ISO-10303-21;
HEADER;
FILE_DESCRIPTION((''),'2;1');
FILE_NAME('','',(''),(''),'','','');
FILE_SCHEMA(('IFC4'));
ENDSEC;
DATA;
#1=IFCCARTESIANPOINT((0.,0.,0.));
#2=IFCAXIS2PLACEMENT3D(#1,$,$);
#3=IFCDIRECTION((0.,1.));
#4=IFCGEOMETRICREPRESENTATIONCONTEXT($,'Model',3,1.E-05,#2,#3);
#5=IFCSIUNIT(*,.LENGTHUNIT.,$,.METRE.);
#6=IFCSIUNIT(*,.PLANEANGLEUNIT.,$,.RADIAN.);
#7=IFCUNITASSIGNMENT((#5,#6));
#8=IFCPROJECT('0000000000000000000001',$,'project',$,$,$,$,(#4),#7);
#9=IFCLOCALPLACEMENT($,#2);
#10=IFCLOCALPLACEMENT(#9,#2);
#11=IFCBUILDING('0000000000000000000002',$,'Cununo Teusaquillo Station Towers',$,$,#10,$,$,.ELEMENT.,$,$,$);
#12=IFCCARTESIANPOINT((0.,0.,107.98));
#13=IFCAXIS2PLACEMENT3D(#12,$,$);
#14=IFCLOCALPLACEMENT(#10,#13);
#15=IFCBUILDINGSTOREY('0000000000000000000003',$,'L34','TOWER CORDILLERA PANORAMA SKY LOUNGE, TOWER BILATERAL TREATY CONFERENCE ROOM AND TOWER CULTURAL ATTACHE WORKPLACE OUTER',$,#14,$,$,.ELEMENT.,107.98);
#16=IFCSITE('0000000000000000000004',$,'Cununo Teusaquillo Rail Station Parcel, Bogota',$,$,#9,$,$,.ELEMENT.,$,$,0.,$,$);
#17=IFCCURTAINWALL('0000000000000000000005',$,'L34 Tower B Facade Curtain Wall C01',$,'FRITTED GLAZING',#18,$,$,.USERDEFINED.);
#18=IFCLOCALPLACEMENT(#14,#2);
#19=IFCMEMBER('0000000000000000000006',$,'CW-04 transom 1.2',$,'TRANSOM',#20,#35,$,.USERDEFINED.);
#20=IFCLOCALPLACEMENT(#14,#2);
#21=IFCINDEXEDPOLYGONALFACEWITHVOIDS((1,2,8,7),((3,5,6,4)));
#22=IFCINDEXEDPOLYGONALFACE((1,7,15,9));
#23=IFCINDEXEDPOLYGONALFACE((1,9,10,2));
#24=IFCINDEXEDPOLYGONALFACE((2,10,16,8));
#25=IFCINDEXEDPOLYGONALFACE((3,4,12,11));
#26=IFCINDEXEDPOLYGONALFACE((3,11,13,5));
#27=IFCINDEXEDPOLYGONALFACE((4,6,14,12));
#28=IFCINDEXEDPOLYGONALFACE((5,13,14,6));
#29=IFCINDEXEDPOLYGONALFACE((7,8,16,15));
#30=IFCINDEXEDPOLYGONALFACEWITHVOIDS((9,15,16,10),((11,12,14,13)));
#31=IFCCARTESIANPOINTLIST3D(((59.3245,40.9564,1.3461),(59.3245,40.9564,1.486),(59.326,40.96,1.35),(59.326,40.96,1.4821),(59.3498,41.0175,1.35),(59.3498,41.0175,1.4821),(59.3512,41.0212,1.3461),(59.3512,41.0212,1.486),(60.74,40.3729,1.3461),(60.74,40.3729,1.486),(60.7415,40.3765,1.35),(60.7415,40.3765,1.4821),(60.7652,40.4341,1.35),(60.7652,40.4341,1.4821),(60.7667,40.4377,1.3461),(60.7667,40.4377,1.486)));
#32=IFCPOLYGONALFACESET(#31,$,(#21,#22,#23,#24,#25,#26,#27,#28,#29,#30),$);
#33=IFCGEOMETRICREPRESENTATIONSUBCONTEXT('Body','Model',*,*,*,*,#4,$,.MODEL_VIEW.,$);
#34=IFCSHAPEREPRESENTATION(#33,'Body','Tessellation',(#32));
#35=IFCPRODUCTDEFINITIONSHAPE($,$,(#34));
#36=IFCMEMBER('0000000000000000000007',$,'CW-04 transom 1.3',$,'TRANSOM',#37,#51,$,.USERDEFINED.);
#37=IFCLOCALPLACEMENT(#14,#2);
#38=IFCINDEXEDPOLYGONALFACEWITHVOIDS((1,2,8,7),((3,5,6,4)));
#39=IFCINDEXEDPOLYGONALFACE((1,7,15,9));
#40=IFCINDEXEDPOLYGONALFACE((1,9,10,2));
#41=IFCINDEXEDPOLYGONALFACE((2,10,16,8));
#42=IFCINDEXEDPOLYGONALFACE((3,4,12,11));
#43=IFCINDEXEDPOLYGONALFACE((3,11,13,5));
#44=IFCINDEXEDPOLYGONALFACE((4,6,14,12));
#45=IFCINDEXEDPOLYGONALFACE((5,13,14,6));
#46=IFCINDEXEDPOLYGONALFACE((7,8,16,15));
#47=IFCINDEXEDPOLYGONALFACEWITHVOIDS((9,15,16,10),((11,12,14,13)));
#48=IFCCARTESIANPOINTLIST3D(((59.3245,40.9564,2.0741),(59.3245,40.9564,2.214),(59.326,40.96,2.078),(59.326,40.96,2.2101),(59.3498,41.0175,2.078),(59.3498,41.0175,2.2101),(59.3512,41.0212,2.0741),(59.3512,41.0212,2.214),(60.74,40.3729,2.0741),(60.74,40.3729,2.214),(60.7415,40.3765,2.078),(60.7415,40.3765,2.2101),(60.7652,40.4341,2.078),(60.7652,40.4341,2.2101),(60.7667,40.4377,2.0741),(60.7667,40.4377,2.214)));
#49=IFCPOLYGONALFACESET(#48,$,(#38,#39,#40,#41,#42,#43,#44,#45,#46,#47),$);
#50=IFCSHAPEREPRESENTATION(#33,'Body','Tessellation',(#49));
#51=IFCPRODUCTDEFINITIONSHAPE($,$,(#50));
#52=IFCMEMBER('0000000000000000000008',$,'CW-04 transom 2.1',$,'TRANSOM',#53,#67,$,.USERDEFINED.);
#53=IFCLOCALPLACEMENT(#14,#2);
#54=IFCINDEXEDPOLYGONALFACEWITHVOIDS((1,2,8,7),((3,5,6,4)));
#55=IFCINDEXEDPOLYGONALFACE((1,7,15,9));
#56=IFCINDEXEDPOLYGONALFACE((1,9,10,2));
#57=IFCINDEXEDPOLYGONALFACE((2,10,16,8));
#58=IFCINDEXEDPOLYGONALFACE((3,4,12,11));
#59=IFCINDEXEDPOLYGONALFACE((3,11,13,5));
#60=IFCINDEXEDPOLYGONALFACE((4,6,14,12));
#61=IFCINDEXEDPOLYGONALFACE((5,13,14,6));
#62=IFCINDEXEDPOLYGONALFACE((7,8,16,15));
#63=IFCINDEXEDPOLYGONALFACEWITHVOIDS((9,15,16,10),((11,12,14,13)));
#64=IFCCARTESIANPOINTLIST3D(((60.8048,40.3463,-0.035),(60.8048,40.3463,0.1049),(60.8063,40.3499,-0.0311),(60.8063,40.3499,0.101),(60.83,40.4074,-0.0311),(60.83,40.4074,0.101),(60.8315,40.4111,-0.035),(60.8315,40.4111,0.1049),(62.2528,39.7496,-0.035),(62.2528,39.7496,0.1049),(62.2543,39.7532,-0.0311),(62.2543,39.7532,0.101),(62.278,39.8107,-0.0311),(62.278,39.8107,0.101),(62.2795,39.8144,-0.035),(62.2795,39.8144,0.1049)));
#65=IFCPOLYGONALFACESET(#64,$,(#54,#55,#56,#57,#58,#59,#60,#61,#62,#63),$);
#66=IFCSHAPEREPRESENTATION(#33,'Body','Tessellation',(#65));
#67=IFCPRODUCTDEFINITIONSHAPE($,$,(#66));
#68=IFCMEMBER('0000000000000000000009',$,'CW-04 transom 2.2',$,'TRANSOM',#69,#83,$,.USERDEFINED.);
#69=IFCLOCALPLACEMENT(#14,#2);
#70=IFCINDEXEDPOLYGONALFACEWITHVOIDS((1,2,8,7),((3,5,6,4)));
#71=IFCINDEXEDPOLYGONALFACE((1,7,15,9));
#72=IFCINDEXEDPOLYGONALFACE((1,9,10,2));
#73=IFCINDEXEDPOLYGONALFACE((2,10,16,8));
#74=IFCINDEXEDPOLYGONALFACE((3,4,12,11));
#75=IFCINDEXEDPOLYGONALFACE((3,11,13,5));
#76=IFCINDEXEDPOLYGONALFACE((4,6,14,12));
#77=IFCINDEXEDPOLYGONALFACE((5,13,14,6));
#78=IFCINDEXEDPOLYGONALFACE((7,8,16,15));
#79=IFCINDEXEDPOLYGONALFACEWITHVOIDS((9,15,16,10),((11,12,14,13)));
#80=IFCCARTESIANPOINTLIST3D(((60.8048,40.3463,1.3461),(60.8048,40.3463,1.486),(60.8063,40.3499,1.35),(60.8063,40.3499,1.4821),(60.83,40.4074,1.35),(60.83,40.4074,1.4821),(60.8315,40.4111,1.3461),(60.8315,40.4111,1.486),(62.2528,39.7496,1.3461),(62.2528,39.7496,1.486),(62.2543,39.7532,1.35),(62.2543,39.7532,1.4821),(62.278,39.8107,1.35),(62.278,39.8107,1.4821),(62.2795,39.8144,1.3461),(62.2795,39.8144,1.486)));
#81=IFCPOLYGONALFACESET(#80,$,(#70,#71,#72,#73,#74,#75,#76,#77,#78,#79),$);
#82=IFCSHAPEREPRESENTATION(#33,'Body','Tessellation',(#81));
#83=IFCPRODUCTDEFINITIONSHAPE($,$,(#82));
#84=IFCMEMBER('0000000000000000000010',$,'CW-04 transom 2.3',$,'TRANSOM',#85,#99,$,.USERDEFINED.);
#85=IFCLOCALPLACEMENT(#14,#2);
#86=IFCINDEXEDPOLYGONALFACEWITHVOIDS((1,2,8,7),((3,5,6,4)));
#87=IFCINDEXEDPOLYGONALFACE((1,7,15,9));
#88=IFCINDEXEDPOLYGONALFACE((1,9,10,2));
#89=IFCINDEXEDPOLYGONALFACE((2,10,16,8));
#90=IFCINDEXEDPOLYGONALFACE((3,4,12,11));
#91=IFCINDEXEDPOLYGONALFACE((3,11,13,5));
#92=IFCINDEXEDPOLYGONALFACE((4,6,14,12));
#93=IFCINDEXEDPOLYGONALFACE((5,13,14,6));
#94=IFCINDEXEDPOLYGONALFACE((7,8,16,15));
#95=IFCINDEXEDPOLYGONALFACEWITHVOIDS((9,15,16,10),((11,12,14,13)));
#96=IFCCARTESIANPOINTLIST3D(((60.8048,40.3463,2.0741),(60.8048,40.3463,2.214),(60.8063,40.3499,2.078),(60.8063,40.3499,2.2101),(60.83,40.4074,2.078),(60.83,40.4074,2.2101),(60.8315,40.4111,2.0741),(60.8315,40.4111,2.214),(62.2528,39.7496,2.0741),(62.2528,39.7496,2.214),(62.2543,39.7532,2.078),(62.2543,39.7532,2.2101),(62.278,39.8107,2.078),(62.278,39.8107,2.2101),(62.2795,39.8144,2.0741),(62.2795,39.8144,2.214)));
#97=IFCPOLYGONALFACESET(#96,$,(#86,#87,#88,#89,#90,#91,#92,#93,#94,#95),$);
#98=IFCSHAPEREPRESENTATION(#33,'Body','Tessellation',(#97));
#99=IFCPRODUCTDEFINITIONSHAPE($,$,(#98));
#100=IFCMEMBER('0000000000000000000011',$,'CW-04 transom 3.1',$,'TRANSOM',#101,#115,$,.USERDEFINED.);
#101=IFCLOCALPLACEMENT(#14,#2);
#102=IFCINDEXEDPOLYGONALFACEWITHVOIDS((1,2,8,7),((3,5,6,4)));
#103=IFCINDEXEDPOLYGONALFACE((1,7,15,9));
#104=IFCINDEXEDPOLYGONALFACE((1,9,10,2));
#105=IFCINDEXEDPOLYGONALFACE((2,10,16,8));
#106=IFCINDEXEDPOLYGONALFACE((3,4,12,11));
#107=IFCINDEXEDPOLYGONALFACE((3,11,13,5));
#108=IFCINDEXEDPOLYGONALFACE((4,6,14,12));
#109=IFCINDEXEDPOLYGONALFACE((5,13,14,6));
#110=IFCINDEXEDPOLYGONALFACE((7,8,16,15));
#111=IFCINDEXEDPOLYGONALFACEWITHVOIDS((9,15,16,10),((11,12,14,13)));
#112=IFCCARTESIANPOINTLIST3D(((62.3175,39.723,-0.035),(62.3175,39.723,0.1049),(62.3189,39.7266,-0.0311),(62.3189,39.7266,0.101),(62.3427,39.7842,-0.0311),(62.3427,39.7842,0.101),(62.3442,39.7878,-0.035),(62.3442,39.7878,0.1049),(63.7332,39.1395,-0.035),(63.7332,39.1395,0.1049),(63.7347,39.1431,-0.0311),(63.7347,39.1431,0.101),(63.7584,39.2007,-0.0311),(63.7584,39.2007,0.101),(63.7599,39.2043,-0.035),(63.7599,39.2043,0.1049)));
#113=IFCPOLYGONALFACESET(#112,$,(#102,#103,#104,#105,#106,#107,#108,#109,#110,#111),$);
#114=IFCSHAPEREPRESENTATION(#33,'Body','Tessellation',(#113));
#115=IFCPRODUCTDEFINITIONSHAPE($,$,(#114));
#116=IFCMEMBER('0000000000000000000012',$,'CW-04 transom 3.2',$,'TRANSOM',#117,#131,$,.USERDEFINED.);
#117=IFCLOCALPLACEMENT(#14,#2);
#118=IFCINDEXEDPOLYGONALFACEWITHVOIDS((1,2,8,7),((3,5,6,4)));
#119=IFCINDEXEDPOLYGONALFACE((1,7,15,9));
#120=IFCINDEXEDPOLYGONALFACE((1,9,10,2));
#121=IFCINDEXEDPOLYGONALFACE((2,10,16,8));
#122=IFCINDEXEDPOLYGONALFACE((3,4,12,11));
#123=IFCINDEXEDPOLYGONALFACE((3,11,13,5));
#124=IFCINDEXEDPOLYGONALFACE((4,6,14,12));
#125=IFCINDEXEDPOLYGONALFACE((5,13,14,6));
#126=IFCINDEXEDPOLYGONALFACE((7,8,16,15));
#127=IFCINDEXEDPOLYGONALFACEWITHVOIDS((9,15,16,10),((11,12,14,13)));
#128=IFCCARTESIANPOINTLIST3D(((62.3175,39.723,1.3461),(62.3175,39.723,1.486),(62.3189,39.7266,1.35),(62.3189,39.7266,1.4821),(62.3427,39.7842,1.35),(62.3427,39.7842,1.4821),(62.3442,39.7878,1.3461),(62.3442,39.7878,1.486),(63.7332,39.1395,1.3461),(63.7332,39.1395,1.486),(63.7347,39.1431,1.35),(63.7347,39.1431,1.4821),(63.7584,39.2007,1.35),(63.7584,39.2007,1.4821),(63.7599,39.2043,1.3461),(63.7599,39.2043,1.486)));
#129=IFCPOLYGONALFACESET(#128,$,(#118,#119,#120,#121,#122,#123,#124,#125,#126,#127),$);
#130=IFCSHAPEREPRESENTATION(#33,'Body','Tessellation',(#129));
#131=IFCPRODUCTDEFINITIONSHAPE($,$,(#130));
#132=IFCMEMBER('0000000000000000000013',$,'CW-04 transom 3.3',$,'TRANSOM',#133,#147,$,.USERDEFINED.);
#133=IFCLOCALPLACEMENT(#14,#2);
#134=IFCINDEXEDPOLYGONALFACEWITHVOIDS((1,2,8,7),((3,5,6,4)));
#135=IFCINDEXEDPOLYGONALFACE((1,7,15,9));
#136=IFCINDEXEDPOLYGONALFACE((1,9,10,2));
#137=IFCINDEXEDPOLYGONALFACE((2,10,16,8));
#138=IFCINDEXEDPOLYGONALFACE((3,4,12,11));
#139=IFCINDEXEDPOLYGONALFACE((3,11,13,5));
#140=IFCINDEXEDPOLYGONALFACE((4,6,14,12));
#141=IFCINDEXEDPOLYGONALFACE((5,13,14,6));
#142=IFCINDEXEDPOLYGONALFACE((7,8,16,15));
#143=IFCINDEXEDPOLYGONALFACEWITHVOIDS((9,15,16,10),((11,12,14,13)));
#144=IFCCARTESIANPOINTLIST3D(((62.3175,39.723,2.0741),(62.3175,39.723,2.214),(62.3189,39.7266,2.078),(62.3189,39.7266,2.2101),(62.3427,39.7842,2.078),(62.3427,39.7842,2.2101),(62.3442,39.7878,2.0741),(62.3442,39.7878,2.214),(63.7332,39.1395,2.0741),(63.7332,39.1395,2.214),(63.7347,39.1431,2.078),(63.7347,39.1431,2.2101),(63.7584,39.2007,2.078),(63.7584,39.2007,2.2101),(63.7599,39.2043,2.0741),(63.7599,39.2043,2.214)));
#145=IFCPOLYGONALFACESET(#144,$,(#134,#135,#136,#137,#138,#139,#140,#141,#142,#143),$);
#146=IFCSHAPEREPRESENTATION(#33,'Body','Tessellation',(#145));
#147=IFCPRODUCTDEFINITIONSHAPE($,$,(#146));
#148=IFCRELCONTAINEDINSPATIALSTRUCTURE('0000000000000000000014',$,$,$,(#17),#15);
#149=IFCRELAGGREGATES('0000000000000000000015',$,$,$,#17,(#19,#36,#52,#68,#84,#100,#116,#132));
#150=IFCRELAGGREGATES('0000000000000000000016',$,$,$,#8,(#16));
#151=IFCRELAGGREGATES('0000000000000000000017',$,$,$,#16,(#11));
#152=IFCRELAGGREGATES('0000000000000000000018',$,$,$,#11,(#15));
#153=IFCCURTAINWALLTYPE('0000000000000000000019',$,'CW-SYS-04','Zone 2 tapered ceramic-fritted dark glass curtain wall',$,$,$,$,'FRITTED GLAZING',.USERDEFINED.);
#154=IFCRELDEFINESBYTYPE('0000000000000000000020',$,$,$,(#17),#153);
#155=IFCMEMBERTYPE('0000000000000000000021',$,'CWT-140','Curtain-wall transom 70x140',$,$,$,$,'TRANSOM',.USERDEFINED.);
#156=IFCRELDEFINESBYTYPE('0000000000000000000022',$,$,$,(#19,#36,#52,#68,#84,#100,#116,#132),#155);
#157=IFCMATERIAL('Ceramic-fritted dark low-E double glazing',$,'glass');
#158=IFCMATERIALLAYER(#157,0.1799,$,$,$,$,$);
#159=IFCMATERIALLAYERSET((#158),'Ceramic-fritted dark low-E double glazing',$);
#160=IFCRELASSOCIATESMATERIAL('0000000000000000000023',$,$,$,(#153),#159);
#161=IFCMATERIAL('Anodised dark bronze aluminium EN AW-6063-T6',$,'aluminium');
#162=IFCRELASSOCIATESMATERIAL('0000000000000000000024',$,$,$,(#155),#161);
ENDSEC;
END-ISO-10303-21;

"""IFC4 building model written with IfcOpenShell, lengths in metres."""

from ifc_helpers import new_model, si_unit, direction, frame, origin, origin_2d, place, context, subcontext, project, spatial, hollow_rectangle, extrude, material, layer, layer_set, material_profile, profile_set, type_object, element, aggregate, save


model = new_model("IFC4")

# Units and contexts
model_context = context("Model", 3, precision=1e-05, world=origin(), true_north=direction((0.0, 1.0)))
body_context = subcontext(model_context, "Body", "Model", "MODEL_VIEW")
ifc_project = project(units=[si_unit("LENGTHUNIT", "METRE"), si_unit("PLANEANGLEUNIT", "RADIAN")], contexts=[model_context])

# Site, building, storey
site_placement = place(None, origin())
site = spatial("IfcSite", under=ifc_project, at=site_placement, Name="Cununo Teusaquillo Rail Station Parcel, Bogota", CompositionType="ELEMENT", RefElevation=0.0)
building_placement = place(site_placement, origin())
building = spatial("IfcBuilding", under=site, at=building_placement, Name="Cununo Teusaquillo Station Towers", CompositionType="ELEMENT")
storey_placement = place(building_placement, frame((0.0, 0.0, 107.98)))
storey = spatial("IfcBuildingStorey", under=building, at=storey_placement, Name="L34", Description="TOWER CORDILLERA PANORAMA SKY LOUNGE, TOWER BILATERAL TREATY CONFERENCE ROOM AND TOWER CULTURAL ATTACHE WORKPLACE OUTER", CompositionType="ELEMENT", Elevation=107.98)

# Curtain wall, members
ifc_material_1 = material(Name="Ceramic-fritted dark low-E double glazing", Category="glass")
ifc_layer_1 = layer(ifc_material_1, 0.1799)
ifc_layer_set_1 = layer_set([ifc_layer_1], Name="Ceramic-fritted dark low-E double glazing")
curtain_wall_type = type_object("IfcCurtainWallType", Name="CW-SYS-04", Description="Zone 2 tapered ceramic-fritted dark glass curtain wall", ElementType="FRITTED GLAZING", PredefinedType="USERDEFINED", material=ifc_layer_set_1)
curtain_wall_placement = place(storey_placement, origin())
curtain_wall = element("IfcCurtainWall", 1, at=curtain_wall_placement, inside=storey, type_object=curtain_wall_type, Name="L34 Tower B Facade Curtain Wall C01", ObjectType="FRITTED GLAZING", PredefinedType="USERDEFINED")
ifc_material_2 = material(Name="Anodised dark bronze aluminium EN AW-6063-T6", Category="aluminium")
ifc_material_profile_1 = material_profile(ifc_material_2, hollow_rectangle(XDim=0.0701, YDim=0.1399, WallThickness=0.0039, at=origin_2d()), Name="CW-TRAN-70x140")
ifc_profile_set_1 = profile_set([ifc_material_profile_1], Name="Anodised dark bronze aluminium EN AW-6063-T6")
member_type_1 = type_object("IfcMemberType", Name="CWT-140", Description="Curtain-wall transom 70x140", ElementType="TRANSOM", PredefinedType="USERDEFINED", material=ifc_profile_set_1)
member_1_placement = place(storey_placement, frame((59.3379, 40.9888, 1.416), z_axis=(0.924533, -0.381103, 0.0), x_axis=(0.381103, 0.924533, 0.0)))
member_1 = element("IfcMember", 2, at=member_1_placement, type_object=member_type_1, Name="CW-04 transom 1.2", ObjectType="TRANSOM", PredefinedType="USERDEFINED", context=body_context, shape_type="SweptSolid", body=[
    extrude(hollow_rectangle(XDim=0.0701, YDim=0.1399, WallThickness=0.0039, at=origin_2d()), origin(), (0.0, 0.0, 1.0), 1.531),
])
member_2_placement = place(storey_placement, frame((59.3379, 40.9888, 2.144), z_axis=(0.924533, -0.381103, 0.0), x_axis=(0.381103, 0.924533, 0.0)))
member_2 = element("IfcMember", 3, at=member_2_placement, type_object=member_type_1, Name="CW-04 transom 1.3", ObjectType="TRANSOM", PredefinedType="USERDEFINED", context=body_context, shape_type="SweptSolid", body=[
    extrude(hollow_rectangle(XDim=0.0701, YDim=0.1399, WallThickness=0.0039, at=origin_2d()), origin(), (0.0, 0.0, 1.0), 1.531),
])
member_3_placement = place(storey_placement, frame((60.8181, 40.3787, 0.0349), z_axis=(0.924578, -0.380993, 0.0), x_axis=(0.380993, 0.924578, 0.0)))
member_3 = element("IfcMember", 4, at=member_3_placement, type_object=member_type_1, Name="CW-04 transom 2.1", ObjectType="TRANSOM", PredefinedType="USERDEFINED", context=body_context, shape_type="SweptSolid", body=[
    extrude(hollow_rectangle(XDim=0.0701, YDim=0.1399, WallThickness=0.0039, at=origin_2d()), origin(), (0.0, 0.0, 1.0), 1.5662),
])
member_4_placement = place(storey_placement, frame((60.8181, 40.3787, 1.416), z_axis=(0.924578, -0.380993, 0.0), x_axis=(0.380993, 0.924578, 0.0)))
member_4 = element("IfcMember", 5, at=member_4_placement, type_object=member_type_1, Name="CW-04 transom 2.2", ObjectType="TRANSOM", PredefinedType="USERDEFINED", context=body_context, shape_type="SweptSolid", body=[
    extrude(hollow_rectangle(XDim=0.0701, YDim=0.1399, WallThickness=0.0039, at=origin_2d()), origin(), (0.0, 0.0, 1.0), 1.5662),
])
member_5_placement = place(storey_placement, frame((60.8181, 40.3787, 2.144), z_axis=(0.924578, -0.380993, 0.0), x_axis=(0.380993, 0.924578, 0.0)))
member_5 = element("IfcMember", 6, at=member_5_placement, type_object=member_type_1, Name="CW-04 transom 2.3", ObjectType="TRANSOM", PredefinedType="USERDEFINED", context=body_context, shape_type="SweptSolid", body=[
    extrude(hollow_rectangle(XDim=0.0701, YDim=0.1399, WallThickness=0.0039, at=origin_2d()), origin(), (0.0, 0.0, 1.0), 1.5662),
])
member_6_placement = place(storey_placement, frame((62.3308, 39.7554, 0.0349), z_axis=(0.924556, -0.381046, 0.0), x_axis=(0.381046, 0.924556, 0.0)))
member_6 = element("IfcMember", 7, at=member_6_placement, type_object=member_type_1, Name="CW-04 transom 3.1", ObjectType="TRANSOM", PredefinedType="USERDEFINED", context=body_context, shape_type="SweptSolid", body=[
    extrude(hollow_rectangle(XDim=0.0701, YDim=0.1399, WallThickness=0.0039, at=origin_2d()), origin(), (0.0, 0.0, 1.0), 1.5312),
])
member_7_placement = place(storey_placement, frame((62.3308, 39.7554, 1.416), z_axis=(0.924556, -0.381046, 0.0), x_axis=(0.381046, 0.924556, 0.0)))
member_7 = element("IfcMember", 8, at=member_7_placement, type_object=member_type_1, Name="CW-04 transom 3.2", ObjectType="TRANSOM", PredefinedType="USERDEFINED", context=body_context, shape_type="SweptSolid", body=[
    extrude(hollow_rectangle(XDim=0.0701, YDim=0.1399, WallThickness=0.0039, at=origin_2d()), origin(), (0.0, 0.0, 1.0), 1.5312),
])
member_8_placement = place(storey_placement, frame((62.3308, 39.7554, 2.144), z_axis=(0.924556, -0.381046, 0.0), x_axis=(0.381046, 0.924556, 0.0)))
member_8 = element("IfcMember", 9, at=member_8_placement, type_object=member_type_1, Name="CW-04 transom 3.3", ObjectType="TRANSOM", PredefinedType="USERDEFINED", context=body_context, shape_type="SweptSolid", body=[
    extrude(hollow_rectangle(XDim=0.0701, YDim=0.1399, WallThickness=0.0039, at=origin_2d()), origin(), (0.0, 0.0, 1.0), 1.5312),
])

aggregate(curtain_wall, [member_1, member_2, member_3, member_4, member_5, member_6, member_7, member_8])

save(model, "model.ifc")
